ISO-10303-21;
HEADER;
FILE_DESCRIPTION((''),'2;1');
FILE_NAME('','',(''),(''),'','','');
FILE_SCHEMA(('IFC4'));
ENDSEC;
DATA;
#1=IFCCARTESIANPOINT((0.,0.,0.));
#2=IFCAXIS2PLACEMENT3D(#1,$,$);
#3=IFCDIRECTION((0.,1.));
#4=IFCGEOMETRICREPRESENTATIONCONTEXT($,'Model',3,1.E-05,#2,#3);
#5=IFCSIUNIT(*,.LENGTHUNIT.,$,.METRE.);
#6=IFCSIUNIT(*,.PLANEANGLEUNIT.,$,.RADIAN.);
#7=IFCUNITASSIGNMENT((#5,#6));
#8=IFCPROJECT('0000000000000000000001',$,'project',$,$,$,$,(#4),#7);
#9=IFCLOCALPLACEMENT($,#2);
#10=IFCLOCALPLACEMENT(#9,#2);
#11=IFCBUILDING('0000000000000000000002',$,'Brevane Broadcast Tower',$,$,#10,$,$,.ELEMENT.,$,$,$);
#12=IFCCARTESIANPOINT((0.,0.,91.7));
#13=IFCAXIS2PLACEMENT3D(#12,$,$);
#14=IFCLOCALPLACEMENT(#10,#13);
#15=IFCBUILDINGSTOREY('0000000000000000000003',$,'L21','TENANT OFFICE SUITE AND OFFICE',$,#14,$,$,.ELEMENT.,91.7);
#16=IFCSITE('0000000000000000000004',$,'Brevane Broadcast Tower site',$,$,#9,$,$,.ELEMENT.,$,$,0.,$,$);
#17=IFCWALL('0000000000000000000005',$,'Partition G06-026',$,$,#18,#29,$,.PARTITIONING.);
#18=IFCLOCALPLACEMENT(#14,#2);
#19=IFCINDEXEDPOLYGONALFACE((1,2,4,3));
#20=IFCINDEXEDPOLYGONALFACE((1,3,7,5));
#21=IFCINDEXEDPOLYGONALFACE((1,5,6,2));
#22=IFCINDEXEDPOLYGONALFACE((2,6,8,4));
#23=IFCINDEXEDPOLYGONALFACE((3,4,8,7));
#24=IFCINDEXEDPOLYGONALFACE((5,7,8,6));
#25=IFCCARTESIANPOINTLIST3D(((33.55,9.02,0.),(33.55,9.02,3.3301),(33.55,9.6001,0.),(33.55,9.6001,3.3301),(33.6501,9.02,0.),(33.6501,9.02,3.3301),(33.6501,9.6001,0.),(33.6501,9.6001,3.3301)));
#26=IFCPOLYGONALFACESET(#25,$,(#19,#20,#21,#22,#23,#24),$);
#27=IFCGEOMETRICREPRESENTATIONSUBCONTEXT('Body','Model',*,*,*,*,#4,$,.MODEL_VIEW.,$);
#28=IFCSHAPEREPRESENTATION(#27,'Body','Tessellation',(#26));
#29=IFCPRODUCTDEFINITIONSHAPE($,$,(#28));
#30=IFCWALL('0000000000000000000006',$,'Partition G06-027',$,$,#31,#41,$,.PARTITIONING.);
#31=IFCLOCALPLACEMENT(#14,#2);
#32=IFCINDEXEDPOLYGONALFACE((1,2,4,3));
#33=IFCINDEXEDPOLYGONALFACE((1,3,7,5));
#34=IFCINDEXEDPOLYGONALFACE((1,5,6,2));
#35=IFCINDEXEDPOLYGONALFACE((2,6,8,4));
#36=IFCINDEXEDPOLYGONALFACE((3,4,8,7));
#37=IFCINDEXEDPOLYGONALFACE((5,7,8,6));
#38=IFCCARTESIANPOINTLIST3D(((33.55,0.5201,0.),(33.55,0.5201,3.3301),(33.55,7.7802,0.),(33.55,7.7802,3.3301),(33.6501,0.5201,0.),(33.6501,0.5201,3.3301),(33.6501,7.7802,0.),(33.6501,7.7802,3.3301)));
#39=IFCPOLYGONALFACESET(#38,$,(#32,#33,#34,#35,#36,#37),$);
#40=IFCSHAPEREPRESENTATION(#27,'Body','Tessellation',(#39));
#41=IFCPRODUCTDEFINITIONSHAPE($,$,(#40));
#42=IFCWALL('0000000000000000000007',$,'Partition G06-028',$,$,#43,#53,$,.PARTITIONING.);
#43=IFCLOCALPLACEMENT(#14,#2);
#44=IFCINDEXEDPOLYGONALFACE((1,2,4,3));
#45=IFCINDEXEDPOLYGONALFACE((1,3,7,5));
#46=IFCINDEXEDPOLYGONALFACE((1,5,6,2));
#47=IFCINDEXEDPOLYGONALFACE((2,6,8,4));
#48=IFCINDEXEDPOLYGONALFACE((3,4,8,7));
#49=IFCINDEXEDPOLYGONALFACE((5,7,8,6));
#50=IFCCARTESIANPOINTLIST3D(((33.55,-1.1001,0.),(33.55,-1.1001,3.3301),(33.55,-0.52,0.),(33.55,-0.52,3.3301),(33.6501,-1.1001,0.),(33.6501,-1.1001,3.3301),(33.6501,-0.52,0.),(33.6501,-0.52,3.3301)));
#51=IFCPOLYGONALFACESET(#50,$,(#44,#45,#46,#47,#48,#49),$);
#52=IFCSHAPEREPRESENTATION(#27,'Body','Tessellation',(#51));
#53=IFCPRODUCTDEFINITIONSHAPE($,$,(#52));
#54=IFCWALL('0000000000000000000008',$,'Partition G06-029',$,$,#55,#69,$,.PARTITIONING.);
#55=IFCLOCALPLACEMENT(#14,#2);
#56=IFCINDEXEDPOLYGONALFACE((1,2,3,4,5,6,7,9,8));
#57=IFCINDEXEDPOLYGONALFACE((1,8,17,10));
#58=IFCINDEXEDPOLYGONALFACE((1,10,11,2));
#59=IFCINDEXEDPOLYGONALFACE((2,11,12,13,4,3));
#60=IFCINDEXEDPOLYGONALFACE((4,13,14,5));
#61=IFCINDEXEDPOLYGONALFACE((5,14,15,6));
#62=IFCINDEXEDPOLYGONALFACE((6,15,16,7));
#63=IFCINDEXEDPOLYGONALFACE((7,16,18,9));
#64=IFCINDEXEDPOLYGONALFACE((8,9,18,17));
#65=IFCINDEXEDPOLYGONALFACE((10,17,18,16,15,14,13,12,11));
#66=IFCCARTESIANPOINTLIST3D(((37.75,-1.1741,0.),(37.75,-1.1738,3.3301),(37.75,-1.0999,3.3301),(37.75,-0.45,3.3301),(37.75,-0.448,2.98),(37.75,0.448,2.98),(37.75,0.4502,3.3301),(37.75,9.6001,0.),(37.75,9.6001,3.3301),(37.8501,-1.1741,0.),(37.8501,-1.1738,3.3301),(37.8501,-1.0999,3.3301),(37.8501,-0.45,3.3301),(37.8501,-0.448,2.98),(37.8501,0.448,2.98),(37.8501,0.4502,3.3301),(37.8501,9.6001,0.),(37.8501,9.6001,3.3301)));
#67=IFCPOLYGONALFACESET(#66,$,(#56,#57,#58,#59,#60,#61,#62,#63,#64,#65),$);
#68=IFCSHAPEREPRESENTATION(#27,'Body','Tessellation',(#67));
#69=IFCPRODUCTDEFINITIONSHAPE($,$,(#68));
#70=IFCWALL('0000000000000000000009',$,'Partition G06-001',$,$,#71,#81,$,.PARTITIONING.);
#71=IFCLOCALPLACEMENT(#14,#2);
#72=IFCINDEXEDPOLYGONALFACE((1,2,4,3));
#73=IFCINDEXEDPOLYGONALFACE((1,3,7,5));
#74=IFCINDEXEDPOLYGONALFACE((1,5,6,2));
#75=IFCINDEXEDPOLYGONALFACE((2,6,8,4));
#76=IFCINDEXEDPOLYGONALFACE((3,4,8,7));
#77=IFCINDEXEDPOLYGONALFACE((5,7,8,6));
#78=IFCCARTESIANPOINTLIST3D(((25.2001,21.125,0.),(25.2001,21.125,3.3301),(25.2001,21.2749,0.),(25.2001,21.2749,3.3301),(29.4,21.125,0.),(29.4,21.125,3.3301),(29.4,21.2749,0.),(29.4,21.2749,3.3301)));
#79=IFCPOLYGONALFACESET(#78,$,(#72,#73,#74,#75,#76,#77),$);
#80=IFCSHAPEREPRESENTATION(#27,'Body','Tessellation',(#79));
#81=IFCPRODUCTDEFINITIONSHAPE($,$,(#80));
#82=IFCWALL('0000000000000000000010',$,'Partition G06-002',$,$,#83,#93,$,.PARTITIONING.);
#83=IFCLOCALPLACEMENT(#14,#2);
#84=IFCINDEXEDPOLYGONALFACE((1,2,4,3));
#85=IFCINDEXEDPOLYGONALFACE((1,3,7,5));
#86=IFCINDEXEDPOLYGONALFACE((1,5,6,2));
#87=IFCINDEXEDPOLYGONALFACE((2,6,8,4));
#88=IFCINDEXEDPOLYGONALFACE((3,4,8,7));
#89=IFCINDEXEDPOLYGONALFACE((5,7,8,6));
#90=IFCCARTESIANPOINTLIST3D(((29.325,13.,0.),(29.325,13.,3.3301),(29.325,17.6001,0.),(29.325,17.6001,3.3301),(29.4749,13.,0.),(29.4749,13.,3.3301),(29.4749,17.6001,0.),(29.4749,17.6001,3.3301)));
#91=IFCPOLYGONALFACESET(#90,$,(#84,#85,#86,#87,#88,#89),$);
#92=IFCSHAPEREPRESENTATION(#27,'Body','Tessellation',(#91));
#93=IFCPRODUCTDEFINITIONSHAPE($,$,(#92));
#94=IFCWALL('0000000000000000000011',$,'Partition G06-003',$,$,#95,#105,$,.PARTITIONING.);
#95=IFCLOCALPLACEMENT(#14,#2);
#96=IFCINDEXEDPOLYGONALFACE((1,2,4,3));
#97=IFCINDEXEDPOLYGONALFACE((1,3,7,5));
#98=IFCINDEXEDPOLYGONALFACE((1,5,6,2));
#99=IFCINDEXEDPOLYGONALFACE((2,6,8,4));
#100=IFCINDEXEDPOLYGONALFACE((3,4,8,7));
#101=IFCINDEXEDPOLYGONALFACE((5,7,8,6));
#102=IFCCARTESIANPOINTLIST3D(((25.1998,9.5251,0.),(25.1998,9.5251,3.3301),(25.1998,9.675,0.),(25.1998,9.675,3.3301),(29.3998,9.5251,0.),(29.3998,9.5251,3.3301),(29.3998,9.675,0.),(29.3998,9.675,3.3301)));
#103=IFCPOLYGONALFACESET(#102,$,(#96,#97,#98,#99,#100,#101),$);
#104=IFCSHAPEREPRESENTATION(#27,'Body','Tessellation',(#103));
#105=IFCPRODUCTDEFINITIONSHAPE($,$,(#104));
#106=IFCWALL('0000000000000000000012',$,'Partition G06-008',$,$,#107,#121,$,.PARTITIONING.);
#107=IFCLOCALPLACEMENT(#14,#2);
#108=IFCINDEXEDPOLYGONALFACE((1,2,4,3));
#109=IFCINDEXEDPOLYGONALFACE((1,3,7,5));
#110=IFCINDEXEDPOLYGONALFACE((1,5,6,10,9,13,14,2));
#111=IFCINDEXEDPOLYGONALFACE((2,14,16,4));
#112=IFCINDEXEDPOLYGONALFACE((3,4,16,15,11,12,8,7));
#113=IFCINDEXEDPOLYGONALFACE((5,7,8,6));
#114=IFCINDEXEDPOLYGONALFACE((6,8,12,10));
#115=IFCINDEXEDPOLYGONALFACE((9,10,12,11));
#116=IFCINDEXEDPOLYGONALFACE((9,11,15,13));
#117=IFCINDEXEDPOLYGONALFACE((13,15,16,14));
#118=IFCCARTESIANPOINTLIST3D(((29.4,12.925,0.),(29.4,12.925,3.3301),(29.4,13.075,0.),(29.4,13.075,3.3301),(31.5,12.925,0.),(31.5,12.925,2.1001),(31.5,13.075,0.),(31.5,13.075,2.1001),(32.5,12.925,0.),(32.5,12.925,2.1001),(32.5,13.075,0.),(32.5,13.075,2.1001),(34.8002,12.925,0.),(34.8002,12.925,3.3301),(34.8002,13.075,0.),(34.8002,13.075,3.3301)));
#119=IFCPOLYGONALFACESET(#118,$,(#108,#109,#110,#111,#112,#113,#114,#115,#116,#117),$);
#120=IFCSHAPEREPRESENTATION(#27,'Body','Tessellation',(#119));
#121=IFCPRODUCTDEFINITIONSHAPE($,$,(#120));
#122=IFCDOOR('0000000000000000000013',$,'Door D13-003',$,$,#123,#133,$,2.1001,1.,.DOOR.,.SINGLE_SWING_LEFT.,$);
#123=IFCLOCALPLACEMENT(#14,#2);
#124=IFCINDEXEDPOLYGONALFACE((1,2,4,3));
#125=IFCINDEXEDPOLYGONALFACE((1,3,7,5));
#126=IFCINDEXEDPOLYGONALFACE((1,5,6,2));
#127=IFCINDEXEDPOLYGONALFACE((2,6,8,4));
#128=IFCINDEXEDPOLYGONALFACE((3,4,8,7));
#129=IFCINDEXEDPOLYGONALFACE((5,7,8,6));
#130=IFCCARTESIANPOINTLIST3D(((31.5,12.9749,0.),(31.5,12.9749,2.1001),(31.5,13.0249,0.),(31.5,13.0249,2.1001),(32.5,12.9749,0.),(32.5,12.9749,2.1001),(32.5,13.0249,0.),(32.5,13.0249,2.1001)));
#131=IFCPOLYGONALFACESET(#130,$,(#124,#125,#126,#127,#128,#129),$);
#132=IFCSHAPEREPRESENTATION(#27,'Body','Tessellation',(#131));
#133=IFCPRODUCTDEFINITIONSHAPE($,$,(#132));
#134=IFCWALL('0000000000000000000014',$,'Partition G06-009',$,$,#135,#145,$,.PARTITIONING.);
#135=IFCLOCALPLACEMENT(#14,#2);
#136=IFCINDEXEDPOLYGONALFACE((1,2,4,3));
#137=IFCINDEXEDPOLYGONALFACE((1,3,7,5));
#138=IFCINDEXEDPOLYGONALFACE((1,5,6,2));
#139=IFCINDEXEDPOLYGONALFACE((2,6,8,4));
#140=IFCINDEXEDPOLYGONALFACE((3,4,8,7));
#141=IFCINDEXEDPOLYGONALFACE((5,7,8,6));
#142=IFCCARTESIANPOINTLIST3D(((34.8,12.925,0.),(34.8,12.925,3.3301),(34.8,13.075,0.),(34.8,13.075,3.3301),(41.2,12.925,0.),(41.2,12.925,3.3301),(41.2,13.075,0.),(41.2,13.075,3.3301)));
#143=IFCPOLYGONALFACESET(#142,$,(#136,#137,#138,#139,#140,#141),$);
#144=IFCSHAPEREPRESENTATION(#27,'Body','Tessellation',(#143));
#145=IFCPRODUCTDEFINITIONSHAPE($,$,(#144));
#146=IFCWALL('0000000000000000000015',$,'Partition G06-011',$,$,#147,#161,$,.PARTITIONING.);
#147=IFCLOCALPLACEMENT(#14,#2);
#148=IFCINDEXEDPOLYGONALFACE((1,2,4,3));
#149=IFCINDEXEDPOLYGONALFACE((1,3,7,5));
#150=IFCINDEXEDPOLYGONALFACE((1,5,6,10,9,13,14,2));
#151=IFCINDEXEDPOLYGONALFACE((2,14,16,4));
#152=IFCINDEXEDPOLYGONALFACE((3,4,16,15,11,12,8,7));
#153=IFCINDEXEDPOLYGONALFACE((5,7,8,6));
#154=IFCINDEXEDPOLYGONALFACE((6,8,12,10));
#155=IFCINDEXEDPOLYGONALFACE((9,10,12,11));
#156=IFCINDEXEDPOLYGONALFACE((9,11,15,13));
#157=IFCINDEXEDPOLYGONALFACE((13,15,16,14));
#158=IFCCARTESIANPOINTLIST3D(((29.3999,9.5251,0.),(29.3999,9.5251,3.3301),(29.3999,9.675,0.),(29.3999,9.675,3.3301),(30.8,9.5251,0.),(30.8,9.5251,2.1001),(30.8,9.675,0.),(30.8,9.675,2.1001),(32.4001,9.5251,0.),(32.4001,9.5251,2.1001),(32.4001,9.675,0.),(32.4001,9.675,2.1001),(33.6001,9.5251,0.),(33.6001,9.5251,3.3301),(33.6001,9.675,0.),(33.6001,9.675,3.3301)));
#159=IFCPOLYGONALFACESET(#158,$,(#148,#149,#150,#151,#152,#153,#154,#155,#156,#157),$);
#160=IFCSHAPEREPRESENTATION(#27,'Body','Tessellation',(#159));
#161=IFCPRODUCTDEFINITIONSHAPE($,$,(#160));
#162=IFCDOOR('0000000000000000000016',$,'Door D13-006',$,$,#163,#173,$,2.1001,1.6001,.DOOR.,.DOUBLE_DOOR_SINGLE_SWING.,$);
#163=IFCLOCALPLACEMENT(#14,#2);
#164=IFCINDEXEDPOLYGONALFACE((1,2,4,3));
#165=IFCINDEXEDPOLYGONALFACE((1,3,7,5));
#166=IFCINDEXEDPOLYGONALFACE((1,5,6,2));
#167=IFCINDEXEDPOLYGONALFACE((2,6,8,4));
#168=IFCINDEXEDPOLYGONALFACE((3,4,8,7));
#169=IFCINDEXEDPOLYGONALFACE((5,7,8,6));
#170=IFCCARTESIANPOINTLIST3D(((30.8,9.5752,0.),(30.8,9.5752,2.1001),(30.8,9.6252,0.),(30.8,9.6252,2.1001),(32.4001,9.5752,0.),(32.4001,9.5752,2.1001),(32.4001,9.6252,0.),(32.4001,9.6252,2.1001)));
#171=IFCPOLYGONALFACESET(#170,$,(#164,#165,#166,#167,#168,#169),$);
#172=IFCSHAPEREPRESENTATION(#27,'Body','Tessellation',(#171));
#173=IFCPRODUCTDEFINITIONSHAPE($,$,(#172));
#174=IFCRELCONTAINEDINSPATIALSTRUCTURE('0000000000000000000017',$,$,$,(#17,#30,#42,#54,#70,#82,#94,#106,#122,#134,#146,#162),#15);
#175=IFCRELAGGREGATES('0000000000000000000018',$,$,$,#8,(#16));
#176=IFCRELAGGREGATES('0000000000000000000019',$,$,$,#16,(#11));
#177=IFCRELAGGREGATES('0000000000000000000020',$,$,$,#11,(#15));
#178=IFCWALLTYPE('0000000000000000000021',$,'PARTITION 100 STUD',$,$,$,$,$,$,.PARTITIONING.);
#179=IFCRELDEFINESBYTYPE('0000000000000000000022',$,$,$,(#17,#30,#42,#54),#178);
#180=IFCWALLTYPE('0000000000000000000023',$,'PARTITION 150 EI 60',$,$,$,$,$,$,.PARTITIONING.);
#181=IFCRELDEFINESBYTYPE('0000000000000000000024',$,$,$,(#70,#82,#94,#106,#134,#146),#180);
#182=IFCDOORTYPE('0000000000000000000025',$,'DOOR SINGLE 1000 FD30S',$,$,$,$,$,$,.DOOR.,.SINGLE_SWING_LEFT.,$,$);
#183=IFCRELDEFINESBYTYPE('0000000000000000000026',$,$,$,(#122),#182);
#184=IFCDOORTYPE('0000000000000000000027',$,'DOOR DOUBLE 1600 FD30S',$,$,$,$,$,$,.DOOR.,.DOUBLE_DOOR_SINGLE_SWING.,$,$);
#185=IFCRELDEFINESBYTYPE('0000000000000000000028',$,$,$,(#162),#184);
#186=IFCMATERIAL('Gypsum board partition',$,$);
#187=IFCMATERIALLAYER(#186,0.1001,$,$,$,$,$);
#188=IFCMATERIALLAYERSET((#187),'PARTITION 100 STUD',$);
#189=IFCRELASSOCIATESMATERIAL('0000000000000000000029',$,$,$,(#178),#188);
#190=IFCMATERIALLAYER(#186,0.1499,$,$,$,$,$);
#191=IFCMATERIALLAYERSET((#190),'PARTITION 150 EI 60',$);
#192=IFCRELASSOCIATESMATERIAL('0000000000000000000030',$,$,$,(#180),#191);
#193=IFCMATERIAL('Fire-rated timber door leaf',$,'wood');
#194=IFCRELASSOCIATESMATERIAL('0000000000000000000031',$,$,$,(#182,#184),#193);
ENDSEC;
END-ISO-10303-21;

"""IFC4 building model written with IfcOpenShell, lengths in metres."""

from ifc_helpers import new_model, si_unit, direction, frame, frame_2d, origin, place, context, subcontext, project, spatial, polyline, rectangle, outline, extrude, material, layer, layer_set, type_object, element, fill, save


model = new_model("IFC4")

# Units and contexts
model_context = context("Model", 3, precision=1e-05, world=origin(), true_north=direction((0.0, 1.0)))
body_context = subcontext(model_context, "Body", "Model", "MODEL_VIEW")
ifc_project = project(units=[si_unit("LENGTHUNIT", "METRE"), si_unit("PLANEANGLEUNIT", "RADIAN")], contexts=[model_context])

# Site, building, storey
site_placement = place(None, origin())
site = spatial("IfcSite", under=ifc_project, at=site_placement, Name="Brevane Broadcast Tower site", CompositionType="ELEMENT", RefElevation=0.0)
building_placement = place(site_placement, origin())
building = spatial("IfcBuilding", under=site, at=building_placement, Name="Brevane Broadcast Tower", CompositionType="ELEMENT")
storey_placement = place(building_placement, frame((0.0, 0.0, 91.7)))
storey = spatial("IfcBuildingStorey", under=building, at=storey_placement, Name="L21", Description="TENANT OFFICE SUITE AND OFFICE", CompositionType="ELEMENT", Elevation=91.7)

# Walls
ifc_material_1 = material(Name="Gypsum board partition")
ifc_layer_1 = layer(ifc_material_1, 0.1001)
ifc_layer_set_1 = layer_set([ifc_layer_1], Name="PARTITION 100 STUD")
wall_type_1 = type_object("IfcWallType", Name="PARTITION 100 STUD", PredefinedType="PARTITIONING", material=ifc_layer_set_1)
wall_1_placement = place(storey_placement, frame((33.6001, 9.6001, 0.0), z_axis=(0.0, 0.0, 1.0), x_axis=(0.0, -1.0, 0.0)))
element("IfcWall", 1, at=wall_1_placement, inside=storey, type_object=wall_type_1, Name="Partition G06-026", PredefinedType="PARTITIONING", context=body_context, shape_type="SweptSolid", body=[
    extrude(rectangle(XDim=0.5801, YDim=0.1001, at=frame_2d((0.29, 0.0))), origin(), (0.0, 0.0, 1.0), 3.3301),
])
wall_2_placement = place(storey_placement, frame((33.6001, 7.78, 0.0), z_axis=(0.0, 0.0, 1.0), x_axis=(0.0, -1.0, 0.0)))
element("IfcWall", 2, at=wall_2_placement, inside=storey, type_object=wall_type_1, Name="Partition G06-027", PredefinedType="PARTITIONING", context=body_context, shape_type="SweptSolid", body=[
    extrude(rectangle(XDim=7.26, YDim=0.1001, at=frame_2d((3.6299, 0.0))), origin(), (0.0, 0.0, 1.0), 3.3301),
])
wall_3_placement = place(storey_placement, frame((33.6001, -0.52, 0.0), z_axis=(0.0, 0.0, 1.0), x_axis=(0.0, -1.0, 0.0)))
element("IfcWall", 3, at=wall_3_placement, inside=storey, type_object=wall_type_1, Name="Partition G06-028", PredefinedType="PARTITIONING", context=body_context, shape_type="SweptSolid", body=[
    extrude(rectangle(XDim=0.5801, YDim=0.1001, at=frame_2d((0.29, 0.0))), origin(), (0.0, 0.0, 1.0), 3.3301),
])
wall_4_placement = place(storey_placement, frame((37.8, 9.6001, 0.0), z_axis=(0.0, 0.0, 1.0), x_axis=(0.0, -1.0, 0.0)))
element("IfcWall", 4, at=wall_4_placement, inside=storey, type_object=wall_type_1, Name="Partition G06-029", PredefinedType="PARTITIONING", context=body_context, shape_type="SweptSolid", body=[
    extrude(outline(polyline([(0.0, 0.0), (10.7742, 0.0), (10.7739, 3.3301), (10.7, 3.3301), (10.05, 3.3301), (10.0481, 2.98), (9.1521, 2.98), (9.1499, 3.3301), (0.0, 3.3301), (0.0, 0.0)])), frame((0.0, 0.05, 0.0), z_axis=(0.0, -1.0, 0.0), x_axis=(1.0, 0.0, 0.0)), (0.0, 0.0, 1.0), 0.1001),
])
ifc_layer_2 = layer(ifc_material_1, 0.1499)
ifc_layer_set_2 = layer_set([ifc_layer_2], Name="PARTITION 150 EI 60")
wall_type_2 = type_object("IfcWallType", Name="PARTITION 150 EI 60", PredefinedType="PARTITIONING", material=ifc_layer_set_2)
wall_5_placement = place(storey_placement, frame((25.2, 21.2, 0.0), z_axis=(0.0, 0.0, 1.0), x_axis=(1.0, 0.0, 0.0)))
element("IfcWall", 5, at=wall_5_placement, inside=storey, type_object=wall_type_2, Name="Partition G06-001", PredefinedType="PARTITIONING", context=body_context, shape_type="SweptSolid", body=[
    extrude(rectangle(XDim=4.2, YDim=0.1499, at=frame_2d((2.1001, 0.0))), origin(), (0.0, 0.0, 1.0), 3.3301),
])
wall_6_placement = place(storey_placement, frame((29.3999, 17.6001, 0.0), z_axis=(0.0, 0.0, 1.0), x_axis=(0.0, -1.0, 0.0)))
element("IfcWall", 6, at=wall_6_placement, inside=storey, type_object=wall_type_2, Name="Partition G06-002", PredefinedType="PARTITIONING", context=body_context, shape_type="SweptSolid", body=[
    extrude(rectangle(XDim=4.6001, YDim=0.1499, at=frame_2d((2.3, 0.0))), origin(), (0.0, 0.0, 1.0), 3.3301),
])
wall_7_placement = place(storey_placement, frame((29.3999, 9.6001, 0.0), z_axis=(0.0, 0.0, 1.0), x_axis=(-1.0, 0.0, 0.0)))
element("IfcWall", 7, at=wall_7_placement, inside=storey, type_object=wall_type_2, Name="Partition G06-003", PredefinedType="PARTITIONING", context=body_context, shape_type="SweptSolid", body=[
    extrude(rectangle(XDim=4.2, YDim=0.1499, at=frame_2d((2.1001, 0.0))), origin(), (0.0, 0.0, 1.0), 3.3301),
])

# Wall, opening, door
wall_8_placement = place(storey_placement, frame((29.3999, 13.0, 0.0), z_axis=(0.0, 0.0, 1.0), x_axis=(1.0, 0.0, 0.0)))
wall_8 = element("IfcWall", 8, at=wall_8_placement, inside=storey, type_object=wall_type_2, Name="Partition G06-008", PredefinedType="PARTITIONING", context=body_context, shape_type="SweptSolid", body=[
    extrude(rectangle(XDim=5.4001, YDim=0.1499, at=frame_2d((2.7002, 0.0))), origin(), (0.0, 0.0, 1.0), 3.3301),
])
opening_1_placement = place(wall_8_placement, frame((2.1001, 0.0, 0.0)))
opening_1 = element("IfcOpeningElement", 9, at=opening_1_placement, cuts=wall_8, PredefinedType="OPENING", context=body_context, shape_type="SweptSolid", body=[
    extrude(rectangle(XDim=1.0, YDim=2.1001, at=frame_2d((0.5, 1.05))), frame((0.0, 0.085, 0.0), z_axis=(0.0, -1.0, 0.0), x_axis=(1.0, 0.0, 0.0)), (0.0, 0.0, 1.0), 0.1699),
])
ifc_material_2 = material(Name="Fire-rated timber door leaf", Category="wood")
door_type_1 = type_object("IfcDoorType", Name="DOOR SINGLE 1000 FD30S", OperationType="SINGLE_SWING_LEFT", PredefinedType="DOOR", material=ifc_material_2)
door_1_placement = place(opening_1_placement, origin())
door_1 = element("IfcDoor", 10, at=door_1_placement, inside=storey, type_object=door_type_1, Name="Door D13-003", OperationType="SINGLE_SWING_LEFT", OverallHeight=2.1001, OverallWidth=1.0, PredefinedType="DOOR", context=body_context, shape_type="SweptSolid", body=[
    extrude(rectangle(XDim=1.0, YDim=2.1001, at=frame_2d((0.5, 1.05))), frame((0.0, 0.0249, 0.0), z_axis=(0.0, -1.0, 0.0), x_axis=(1.0, 0.0, 0.0)), (0.0, 0.0, 1.0), 0.05),
])
fill(opening_1, door_1)

# Wall
wall_9_placement = place(storey_placement, frame((34.8, 13.0, 0.0), z_axis=(0.0, 0.0, 1.0), x_axis=(1.0, 0.0, 0.0)))
element("IfcWall", 11, at=wall_9_placement, inside=storey, type_object=wall_type_2, Name="Partition G06-009", PredefinedType="PARTITIONING", context=body_context, shape_type="SweptSolid", body=[
    extrude(rectangle(XDim=6.3999, YDim=0.1499, at=frame_2d((3.2, 0.0))), origin(), (0.0, 0.0, 1.0), 3.3301),
])

# Wall, opening, door
wall_10_placement = place(storey_placement, frame((33.6001, 9.6001, 0.0), z_axis=(0.0, 0.0, 1.0), x_axis=(-1.0, 0.0, 0.0)))
wall_10 = element("IfcWall", 12, at=wall_10_placement, inside=storey, type_object=wall_type_2, Name="Partition G06-011", PredefinedType="PARTITIONING", context=body_context, shape_type="SweptSolid", body=[
    extrude(rectangle(XDim=4.2002, YDim=0.1499, at=frame_2d((2.1001, 0.0))), origin(), (0.0, 0.0, 1.0), 3.3301),
])
opening_2_placement = place(wall_10_placement, frame((1.2, 0.0, 0.0)))
opening_2 = element("IfcOpeningElement", 13, at=opening_2_placement, cuts=wall_10, PredefinedType="OPENING", context=body_context, shape_type="SweptSolid", body=[
    extrude(rectangle(XDim=1.6001, YDim=2.1001, at=frame_2d((0.8, 1.05))), frame((0.0, 0.085, 0.0), z_axis=(0.0, -1.0, 0.0), x_axis=(1.0, 0.0, 0.0)), (0.0, 0.0, 1.0), 0.1699),
])
door_type_2 = type_object("IfcDoorType", Name="DOOR DOUBLE 1600 FD30S", OperationType="DOUBLE_DOOR_SINGLE_SWING", PredefinedType="DOOR", material=ifc_material_2)
door_2_placement = place(opening_2_placement, origin())
door_2 = element("IfcDoor", 14, at=door_2_placement, inside=storey, type_object=door_type_2, Name="Door D13-006", OperationType="DOUBLE_DOOR_SINGLE_SWING", OverallHeight=2.1001, OverallWidth=1.6001, PredefinedType="DOOR", context=body_context, shape_type="SweptSolid", body=[
    extrude(rectangle(XDim=1.6001, YDim=2.1001, at=frame_2d((0.8, 1.05))), frame((0.0, 0.0249, 0.0), z_axis=(0.0, -1.0, 0.0), x_axis=(1.0, 0.0, 0.0)), (0.0, 0.0, 1.0), 0.05),
])
fill(opening_2, door_2)

save(model, "model.ifc")
